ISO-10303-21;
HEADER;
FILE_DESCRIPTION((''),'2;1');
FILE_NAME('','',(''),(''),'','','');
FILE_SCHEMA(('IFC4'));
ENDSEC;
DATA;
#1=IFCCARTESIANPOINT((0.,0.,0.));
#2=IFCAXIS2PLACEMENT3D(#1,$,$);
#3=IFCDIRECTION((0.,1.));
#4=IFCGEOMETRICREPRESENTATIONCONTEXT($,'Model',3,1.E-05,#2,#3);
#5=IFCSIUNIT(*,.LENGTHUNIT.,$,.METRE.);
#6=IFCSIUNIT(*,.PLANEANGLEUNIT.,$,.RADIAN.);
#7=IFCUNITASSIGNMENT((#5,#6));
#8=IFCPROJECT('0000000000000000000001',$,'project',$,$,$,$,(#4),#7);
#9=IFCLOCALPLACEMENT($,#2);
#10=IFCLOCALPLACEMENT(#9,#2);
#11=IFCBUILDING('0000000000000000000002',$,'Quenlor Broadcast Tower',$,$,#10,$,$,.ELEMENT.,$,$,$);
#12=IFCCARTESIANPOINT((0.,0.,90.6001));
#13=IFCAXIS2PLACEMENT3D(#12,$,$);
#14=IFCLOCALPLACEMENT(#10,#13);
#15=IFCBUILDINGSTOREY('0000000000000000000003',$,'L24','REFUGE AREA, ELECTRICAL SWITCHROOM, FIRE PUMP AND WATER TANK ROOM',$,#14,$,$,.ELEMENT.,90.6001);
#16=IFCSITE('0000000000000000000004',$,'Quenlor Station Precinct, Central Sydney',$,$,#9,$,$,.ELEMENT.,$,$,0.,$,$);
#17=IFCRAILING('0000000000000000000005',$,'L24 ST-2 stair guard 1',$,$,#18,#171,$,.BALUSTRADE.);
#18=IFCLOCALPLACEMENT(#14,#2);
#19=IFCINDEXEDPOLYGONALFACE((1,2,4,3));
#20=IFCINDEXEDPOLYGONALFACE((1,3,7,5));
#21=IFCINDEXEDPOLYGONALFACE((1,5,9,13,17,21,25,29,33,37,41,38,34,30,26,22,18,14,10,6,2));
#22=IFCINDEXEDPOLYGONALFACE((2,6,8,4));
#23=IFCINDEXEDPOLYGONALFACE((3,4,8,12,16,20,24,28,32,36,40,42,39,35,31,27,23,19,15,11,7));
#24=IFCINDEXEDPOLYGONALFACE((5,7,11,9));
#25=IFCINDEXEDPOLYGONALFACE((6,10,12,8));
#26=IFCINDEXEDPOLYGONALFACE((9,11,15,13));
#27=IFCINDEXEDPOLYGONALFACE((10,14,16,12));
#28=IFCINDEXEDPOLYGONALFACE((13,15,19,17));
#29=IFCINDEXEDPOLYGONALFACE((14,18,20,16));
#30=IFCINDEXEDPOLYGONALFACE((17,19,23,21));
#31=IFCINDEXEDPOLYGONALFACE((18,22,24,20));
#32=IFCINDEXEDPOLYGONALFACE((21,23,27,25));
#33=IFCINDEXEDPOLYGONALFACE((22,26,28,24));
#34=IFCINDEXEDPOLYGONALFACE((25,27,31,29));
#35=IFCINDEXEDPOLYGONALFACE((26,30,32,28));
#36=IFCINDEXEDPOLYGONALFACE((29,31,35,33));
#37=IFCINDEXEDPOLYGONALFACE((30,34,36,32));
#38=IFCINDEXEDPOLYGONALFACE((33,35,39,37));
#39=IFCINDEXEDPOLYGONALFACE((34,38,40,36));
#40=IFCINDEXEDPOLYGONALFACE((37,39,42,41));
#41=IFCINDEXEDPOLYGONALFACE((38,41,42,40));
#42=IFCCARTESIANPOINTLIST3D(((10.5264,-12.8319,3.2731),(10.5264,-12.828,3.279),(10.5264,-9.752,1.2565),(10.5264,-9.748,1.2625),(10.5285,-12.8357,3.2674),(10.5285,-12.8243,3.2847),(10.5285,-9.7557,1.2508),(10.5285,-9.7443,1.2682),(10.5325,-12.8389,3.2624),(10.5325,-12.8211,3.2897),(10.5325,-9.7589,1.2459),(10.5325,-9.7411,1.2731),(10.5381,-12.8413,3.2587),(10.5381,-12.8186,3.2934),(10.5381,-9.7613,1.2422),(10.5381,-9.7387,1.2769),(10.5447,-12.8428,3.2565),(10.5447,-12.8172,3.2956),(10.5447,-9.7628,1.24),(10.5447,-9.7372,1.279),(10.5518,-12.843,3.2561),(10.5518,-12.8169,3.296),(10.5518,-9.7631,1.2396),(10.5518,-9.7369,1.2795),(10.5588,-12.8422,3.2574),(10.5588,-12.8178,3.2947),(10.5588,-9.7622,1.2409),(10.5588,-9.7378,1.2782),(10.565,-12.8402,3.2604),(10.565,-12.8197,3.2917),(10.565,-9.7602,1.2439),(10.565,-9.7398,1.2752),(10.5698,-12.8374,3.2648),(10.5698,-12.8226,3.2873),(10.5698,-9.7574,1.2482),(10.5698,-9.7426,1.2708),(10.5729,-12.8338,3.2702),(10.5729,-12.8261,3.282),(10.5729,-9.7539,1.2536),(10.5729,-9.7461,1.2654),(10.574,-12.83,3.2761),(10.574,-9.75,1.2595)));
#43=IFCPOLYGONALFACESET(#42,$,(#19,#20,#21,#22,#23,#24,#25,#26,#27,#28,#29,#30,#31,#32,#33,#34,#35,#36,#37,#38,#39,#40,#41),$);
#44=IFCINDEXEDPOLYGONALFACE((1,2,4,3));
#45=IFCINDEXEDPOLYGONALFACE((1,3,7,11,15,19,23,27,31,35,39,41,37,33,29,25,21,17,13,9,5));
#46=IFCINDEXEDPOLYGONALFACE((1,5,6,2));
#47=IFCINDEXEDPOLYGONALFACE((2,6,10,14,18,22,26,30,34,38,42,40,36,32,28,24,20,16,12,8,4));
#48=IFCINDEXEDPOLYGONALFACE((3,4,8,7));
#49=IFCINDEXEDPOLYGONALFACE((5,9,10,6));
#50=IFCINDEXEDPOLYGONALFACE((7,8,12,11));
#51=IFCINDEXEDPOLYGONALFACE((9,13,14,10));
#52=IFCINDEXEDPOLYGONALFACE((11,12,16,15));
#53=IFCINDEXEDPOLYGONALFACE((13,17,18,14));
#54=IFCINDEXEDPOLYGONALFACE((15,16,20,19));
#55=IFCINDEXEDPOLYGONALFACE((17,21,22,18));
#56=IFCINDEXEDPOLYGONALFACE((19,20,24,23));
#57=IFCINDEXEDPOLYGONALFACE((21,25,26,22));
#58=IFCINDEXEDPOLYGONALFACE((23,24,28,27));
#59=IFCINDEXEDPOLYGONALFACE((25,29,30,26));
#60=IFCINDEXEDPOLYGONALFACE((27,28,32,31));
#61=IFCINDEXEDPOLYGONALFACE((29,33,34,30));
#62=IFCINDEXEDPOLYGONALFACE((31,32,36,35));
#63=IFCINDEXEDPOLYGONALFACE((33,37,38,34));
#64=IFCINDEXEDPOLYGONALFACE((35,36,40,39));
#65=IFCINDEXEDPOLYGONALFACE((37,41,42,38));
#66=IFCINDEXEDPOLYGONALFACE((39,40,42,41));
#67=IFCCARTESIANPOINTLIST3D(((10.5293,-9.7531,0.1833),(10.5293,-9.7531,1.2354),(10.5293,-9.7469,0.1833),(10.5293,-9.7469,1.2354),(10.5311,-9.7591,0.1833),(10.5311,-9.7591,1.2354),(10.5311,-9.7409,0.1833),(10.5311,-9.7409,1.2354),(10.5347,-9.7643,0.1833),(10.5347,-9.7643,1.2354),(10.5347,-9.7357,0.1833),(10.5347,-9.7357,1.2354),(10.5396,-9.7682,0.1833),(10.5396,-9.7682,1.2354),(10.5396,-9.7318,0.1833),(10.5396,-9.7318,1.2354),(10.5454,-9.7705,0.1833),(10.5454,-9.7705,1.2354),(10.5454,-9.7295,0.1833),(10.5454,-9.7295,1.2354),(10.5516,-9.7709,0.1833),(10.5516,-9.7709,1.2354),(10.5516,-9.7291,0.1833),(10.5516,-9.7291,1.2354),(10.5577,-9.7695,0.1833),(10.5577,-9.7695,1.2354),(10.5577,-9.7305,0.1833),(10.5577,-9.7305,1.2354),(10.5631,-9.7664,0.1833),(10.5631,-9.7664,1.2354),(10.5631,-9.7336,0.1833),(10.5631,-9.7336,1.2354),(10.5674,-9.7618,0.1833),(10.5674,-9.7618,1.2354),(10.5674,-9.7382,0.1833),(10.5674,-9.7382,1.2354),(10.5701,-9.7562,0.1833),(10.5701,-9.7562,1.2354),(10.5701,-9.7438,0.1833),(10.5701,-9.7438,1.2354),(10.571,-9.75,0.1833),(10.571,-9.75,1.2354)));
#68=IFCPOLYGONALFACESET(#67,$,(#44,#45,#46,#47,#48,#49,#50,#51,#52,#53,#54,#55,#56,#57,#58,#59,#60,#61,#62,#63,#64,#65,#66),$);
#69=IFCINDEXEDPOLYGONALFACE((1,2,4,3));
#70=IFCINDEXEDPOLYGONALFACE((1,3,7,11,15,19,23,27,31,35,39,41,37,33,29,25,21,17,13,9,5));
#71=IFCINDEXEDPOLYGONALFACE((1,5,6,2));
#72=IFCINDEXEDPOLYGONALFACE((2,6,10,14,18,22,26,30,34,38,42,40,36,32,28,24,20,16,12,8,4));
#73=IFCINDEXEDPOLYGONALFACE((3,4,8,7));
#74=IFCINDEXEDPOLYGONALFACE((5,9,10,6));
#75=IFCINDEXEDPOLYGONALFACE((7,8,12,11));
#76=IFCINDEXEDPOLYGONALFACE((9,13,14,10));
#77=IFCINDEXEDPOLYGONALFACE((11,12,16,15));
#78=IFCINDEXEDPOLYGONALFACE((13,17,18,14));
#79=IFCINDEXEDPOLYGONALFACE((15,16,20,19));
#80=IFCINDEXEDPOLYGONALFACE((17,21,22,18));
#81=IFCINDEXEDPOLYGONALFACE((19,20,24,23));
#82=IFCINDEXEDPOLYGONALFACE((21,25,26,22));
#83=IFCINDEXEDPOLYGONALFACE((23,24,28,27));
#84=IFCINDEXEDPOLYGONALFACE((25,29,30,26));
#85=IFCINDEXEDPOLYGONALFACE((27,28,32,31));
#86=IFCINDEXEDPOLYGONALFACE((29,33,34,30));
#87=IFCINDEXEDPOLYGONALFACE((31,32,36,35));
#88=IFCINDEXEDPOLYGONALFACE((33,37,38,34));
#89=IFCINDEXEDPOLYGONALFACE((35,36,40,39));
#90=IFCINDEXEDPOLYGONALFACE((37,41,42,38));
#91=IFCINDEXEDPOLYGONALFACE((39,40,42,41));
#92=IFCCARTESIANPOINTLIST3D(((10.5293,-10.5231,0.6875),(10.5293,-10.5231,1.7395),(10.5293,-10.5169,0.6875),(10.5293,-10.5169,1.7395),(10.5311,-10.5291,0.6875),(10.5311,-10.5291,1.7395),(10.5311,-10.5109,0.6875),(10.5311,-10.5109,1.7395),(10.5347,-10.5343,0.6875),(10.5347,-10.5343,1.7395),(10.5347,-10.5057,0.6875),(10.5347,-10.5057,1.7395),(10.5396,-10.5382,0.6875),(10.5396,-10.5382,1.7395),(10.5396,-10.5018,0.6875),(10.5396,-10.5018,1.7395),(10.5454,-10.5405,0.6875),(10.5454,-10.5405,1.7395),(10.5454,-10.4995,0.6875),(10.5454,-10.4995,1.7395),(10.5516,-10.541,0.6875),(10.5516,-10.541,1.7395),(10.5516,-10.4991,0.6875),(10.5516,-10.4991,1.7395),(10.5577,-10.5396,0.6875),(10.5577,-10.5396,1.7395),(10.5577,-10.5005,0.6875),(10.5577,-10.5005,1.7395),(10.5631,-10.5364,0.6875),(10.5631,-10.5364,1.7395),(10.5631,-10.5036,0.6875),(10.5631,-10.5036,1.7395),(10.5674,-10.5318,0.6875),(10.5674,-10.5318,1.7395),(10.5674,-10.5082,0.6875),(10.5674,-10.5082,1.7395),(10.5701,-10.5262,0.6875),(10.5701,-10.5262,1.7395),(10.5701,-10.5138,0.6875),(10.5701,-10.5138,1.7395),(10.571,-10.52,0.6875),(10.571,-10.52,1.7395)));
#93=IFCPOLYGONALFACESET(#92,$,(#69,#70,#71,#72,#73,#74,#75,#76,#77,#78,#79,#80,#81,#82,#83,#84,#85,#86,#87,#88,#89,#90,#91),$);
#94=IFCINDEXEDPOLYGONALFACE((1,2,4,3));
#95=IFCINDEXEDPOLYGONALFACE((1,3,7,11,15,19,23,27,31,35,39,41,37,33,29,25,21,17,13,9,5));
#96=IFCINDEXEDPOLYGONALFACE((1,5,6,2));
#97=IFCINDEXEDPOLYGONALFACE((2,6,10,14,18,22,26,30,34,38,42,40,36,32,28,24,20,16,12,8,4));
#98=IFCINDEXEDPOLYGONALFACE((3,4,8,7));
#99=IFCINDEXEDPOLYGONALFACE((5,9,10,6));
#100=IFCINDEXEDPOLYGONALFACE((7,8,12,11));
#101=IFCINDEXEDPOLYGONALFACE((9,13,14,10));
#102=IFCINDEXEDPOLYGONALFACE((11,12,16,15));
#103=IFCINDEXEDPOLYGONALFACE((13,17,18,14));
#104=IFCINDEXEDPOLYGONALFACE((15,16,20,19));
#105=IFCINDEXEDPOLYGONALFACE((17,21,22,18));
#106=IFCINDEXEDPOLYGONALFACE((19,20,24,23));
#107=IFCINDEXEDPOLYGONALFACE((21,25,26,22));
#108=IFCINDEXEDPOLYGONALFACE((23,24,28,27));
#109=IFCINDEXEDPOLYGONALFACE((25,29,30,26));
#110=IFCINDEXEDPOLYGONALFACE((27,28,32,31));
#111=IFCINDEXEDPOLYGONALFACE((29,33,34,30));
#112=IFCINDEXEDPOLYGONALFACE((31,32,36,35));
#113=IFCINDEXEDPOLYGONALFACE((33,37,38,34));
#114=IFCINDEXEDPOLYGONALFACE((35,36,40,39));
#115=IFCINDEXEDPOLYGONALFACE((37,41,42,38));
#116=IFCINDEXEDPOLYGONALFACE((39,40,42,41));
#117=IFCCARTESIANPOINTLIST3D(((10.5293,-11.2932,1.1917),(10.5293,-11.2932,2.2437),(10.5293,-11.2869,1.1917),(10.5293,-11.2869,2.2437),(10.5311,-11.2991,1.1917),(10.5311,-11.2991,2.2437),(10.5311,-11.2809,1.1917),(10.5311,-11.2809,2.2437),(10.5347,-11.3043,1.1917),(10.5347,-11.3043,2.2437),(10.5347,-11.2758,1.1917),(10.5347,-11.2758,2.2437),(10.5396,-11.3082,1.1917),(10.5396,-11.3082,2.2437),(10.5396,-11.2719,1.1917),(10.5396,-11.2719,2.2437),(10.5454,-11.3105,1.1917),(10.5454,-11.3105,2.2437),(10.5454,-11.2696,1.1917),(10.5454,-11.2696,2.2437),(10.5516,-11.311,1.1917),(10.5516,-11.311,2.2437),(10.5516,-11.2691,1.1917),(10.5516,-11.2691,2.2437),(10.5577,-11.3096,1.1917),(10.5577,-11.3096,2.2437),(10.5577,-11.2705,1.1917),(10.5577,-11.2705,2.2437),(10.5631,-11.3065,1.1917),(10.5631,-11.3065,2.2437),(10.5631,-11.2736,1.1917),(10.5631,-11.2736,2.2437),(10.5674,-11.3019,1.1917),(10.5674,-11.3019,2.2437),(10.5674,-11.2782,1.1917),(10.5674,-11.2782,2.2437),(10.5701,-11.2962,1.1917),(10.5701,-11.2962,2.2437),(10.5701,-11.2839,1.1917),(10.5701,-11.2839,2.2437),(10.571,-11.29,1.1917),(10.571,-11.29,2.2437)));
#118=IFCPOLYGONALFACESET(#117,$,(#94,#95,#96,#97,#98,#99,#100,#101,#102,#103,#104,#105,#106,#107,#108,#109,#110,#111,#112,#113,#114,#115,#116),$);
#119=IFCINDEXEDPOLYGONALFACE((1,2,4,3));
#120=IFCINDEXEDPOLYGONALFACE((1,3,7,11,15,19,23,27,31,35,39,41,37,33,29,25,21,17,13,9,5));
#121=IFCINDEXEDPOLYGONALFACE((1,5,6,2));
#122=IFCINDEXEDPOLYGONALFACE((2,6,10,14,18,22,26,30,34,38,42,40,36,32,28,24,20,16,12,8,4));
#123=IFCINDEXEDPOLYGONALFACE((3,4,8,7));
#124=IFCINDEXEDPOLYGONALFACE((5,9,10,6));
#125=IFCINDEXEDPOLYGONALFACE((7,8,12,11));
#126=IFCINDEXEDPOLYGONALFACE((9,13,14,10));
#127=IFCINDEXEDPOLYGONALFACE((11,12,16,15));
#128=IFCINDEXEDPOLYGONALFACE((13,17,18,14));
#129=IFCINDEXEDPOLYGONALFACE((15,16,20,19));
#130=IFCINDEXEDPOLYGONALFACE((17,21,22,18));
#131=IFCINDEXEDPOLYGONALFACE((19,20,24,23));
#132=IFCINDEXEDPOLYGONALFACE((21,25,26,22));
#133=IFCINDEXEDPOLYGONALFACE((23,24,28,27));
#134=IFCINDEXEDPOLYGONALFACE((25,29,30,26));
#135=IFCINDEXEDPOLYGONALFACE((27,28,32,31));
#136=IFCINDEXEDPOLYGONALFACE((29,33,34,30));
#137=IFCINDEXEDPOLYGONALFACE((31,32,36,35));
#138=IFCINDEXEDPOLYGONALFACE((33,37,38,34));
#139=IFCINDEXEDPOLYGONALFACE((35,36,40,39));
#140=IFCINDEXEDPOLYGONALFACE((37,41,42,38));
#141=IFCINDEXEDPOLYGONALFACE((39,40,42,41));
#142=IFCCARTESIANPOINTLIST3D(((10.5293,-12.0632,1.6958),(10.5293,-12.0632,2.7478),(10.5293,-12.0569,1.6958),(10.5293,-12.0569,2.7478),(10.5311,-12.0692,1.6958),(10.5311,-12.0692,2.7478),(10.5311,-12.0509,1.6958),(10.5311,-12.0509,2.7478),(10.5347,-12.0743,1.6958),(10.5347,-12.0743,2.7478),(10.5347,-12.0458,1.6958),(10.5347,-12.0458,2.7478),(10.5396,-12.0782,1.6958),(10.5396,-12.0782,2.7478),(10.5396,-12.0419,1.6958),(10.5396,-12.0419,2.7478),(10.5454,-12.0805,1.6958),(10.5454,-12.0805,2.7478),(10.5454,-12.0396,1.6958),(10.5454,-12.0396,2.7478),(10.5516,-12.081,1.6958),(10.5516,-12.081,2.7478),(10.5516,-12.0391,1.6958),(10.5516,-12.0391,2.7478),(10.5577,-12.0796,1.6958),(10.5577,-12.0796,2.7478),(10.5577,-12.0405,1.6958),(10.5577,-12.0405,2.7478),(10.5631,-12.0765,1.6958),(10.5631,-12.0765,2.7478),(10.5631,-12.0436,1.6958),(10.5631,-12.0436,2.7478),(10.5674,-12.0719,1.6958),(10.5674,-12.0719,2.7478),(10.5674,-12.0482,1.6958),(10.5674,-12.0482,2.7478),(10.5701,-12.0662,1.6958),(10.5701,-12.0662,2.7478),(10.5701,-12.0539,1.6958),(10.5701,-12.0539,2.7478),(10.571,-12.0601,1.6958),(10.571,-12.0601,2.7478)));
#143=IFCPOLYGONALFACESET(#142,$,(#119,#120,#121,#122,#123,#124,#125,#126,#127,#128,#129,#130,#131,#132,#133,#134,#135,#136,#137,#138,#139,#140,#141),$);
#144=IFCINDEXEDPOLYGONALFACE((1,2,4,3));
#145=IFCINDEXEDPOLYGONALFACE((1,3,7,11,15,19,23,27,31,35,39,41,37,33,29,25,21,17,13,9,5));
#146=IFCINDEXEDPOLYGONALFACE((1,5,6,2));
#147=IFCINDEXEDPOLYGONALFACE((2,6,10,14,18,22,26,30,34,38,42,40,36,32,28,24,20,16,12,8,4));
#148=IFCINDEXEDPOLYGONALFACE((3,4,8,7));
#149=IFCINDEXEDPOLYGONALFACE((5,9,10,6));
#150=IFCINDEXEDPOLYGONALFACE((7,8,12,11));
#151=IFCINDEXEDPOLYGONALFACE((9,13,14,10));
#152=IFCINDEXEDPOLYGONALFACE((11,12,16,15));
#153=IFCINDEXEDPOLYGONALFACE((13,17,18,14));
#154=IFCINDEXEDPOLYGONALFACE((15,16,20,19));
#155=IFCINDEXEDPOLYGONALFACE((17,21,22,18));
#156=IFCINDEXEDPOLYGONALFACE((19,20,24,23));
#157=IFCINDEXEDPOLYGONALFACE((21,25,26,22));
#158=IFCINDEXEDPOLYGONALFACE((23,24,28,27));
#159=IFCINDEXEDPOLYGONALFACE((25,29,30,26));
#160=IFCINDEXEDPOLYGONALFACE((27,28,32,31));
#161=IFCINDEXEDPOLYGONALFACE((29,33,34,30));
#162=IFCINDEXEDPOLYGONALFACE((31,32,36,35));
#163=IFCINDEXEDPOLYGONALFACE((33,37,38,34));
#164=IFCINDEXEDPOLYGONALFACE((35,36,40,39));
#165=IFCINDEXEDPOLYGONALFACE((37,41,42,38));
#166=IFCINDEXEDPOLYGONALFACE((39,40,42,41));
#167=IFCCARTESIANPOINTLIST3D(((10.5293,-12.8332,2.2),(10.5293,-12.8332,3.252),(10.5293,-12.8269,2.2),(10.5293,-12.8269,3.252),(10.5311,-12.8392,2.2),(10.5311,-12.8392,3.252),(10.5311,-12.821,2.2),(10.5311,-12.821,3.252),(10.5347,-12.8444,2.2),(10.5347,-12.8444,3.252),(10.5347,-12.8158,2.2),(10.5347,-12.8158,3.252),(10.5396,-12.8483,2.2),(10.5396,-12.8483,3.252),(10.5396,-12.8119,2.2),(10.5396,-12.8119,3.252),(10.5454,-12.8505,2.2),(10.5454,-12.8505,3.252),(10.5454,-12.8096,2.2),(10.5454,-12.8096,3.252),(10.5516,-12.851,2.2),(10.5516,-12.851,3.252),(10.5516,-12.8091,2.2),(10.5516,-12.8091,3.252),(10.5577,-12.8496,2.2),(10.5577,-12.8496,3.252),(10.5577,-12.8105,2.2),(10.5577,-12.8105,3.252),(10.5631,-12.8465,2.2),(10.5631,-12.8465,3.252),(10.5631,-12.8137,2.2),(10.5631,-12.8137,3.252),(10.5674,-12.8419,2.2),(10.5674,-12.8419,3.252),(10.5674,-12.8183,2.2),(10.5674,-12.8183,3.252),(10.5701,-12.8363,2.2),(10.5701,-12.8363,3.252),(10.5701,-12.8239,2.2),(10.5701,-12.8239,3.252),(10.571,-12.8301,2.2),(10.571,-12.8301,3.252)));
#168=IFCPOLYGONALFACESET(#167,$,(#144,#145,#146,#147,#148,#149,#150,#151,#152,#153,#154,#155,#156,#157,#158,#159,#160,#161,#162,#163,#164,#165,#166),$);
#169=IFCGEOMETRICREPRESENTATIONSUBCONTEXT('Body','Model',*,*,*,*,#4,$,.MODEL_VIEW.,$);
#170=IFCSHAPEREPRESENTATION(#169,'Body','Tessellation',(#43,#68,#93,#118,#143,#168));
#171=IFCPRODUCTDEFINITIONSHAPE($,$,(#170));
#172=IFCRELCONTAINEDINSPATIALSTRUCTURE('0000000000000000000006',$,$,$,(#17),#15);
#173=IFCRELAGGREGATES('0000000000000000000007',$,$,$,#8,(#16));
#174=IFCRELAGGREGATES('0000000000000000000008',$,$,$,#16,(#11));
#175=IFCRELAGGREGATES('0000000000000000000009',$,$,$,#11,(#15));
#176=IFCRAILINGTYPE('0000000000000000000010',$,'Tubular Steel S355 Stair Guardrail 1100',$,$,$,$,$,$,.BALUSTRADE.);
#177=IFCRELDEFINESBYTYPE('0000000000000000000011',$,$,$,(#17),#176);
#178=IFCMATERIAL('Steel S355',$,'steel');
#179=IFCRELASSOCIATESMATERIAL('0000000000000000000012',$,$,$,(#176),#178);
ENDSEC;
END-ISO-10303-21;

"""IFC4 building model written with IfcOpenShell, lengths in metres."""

from ifc_helpers import new_model, si_unit, direction, frame, origin, origin_2d, place, context, subcontext, project, spatial, circle, extrude, material, type_object, element, save


model = new_model("IFC4")

# Units and contexts
model_context = context("Model", 3, precision=1e-05, world=origin(), true_north=direction((0.0, 1.0)))
body_context = subcontext(model_context, "Body", "Model", "MODEL_VIEW")
ifc_project = project(units=[si_unit("LENGTHUNIT", "METRE"), si_unit("PLANEANGLEUNIT", "RADIAN")], contexts=[model_context])

# Site, building, storey
site_placement = place(None, origin())
site = spatial("IfcSite", under=ifc_project, at=site_placement, Name="Quenlor Station Precinct, Central Sydney", CompositionType="ELEMENT", RefElevation=0.0)
building_placement = place(site_placement, origin())
building = spatial("IfcBuilding", under=site, at=building_placement, Name="Quenlor Broadcast Tower", CompositionType="ELEMENT")
storey_placement = place(building_placement, frame((0.0, 0.0, 90.6001)))
storey = spatial("IfcBuildingStorey", under=building, at=storey_placement, Name="L24", Description="REFUGE AREA, ELECTRICAL SWITCHROOM, FIRE PUMP AND WATER TANK ROOM", CompositionType="ELEMENT", Elevation=90.6001)

# Railing
ifc_material_1 = material(Name="Steel S355", Category="steel")
railing_type_1 = type_object("IfcRailingType", Name="Tubular Steel S355 Stair Guardrail 1100", PredefinedType="BALUSTRADE", material=ifc_material_1)
railing_1_placement = place(storey_placement, frame((10.55, -9.75, 0.1833)))
element("IfcRailing", 1, at=railing_1_placement, inside=storey, type_object=railing_type_1, Name="L24 ST-2 stair guard 1", PredefinedType="BALUSTRADE", context=body_context, shape_type="SweptSolid", body=[
    extrude(circle(Radius=0.0239, at=origin_2d()), frame((0.0, 0.0, 1.0762), z_axis=(0.0, -0.836633, 0.547764), x_axis=(1.0, 0.0, 0.0)), (0.0, 0.0, 1.0), 3.6814),
    extrude(circle(Radius=0.021, at=origin_2d()), origin(), (0.0, 0.0, 1.0), 1.052),
    extrude(circle(Radius=0.021, at=origin_2d()), frame((0.0, -0.77, 0.5042)), (0.0, 0.0, 1.0), 1.052),
    extrude(circle(Radius=0.021, at=origin_2d()), frame((0.0, -1.54, 1.0083)), (0.0, 0.0, 1.0), 1.052),
    extrude(circle(Radius=0.021, at=origin_2d()), frame((0.0, -2.3101, 1.5125)), (0.0, 0.0, 1.0), 1.052),
    extrude(circle(Radius=0.021, at=origin_2d()), frame((0.0, -3.0801, 2.0166)), (0.0, 0.0, 1.0), 1.052),
])

save(model, "model.ifc")
